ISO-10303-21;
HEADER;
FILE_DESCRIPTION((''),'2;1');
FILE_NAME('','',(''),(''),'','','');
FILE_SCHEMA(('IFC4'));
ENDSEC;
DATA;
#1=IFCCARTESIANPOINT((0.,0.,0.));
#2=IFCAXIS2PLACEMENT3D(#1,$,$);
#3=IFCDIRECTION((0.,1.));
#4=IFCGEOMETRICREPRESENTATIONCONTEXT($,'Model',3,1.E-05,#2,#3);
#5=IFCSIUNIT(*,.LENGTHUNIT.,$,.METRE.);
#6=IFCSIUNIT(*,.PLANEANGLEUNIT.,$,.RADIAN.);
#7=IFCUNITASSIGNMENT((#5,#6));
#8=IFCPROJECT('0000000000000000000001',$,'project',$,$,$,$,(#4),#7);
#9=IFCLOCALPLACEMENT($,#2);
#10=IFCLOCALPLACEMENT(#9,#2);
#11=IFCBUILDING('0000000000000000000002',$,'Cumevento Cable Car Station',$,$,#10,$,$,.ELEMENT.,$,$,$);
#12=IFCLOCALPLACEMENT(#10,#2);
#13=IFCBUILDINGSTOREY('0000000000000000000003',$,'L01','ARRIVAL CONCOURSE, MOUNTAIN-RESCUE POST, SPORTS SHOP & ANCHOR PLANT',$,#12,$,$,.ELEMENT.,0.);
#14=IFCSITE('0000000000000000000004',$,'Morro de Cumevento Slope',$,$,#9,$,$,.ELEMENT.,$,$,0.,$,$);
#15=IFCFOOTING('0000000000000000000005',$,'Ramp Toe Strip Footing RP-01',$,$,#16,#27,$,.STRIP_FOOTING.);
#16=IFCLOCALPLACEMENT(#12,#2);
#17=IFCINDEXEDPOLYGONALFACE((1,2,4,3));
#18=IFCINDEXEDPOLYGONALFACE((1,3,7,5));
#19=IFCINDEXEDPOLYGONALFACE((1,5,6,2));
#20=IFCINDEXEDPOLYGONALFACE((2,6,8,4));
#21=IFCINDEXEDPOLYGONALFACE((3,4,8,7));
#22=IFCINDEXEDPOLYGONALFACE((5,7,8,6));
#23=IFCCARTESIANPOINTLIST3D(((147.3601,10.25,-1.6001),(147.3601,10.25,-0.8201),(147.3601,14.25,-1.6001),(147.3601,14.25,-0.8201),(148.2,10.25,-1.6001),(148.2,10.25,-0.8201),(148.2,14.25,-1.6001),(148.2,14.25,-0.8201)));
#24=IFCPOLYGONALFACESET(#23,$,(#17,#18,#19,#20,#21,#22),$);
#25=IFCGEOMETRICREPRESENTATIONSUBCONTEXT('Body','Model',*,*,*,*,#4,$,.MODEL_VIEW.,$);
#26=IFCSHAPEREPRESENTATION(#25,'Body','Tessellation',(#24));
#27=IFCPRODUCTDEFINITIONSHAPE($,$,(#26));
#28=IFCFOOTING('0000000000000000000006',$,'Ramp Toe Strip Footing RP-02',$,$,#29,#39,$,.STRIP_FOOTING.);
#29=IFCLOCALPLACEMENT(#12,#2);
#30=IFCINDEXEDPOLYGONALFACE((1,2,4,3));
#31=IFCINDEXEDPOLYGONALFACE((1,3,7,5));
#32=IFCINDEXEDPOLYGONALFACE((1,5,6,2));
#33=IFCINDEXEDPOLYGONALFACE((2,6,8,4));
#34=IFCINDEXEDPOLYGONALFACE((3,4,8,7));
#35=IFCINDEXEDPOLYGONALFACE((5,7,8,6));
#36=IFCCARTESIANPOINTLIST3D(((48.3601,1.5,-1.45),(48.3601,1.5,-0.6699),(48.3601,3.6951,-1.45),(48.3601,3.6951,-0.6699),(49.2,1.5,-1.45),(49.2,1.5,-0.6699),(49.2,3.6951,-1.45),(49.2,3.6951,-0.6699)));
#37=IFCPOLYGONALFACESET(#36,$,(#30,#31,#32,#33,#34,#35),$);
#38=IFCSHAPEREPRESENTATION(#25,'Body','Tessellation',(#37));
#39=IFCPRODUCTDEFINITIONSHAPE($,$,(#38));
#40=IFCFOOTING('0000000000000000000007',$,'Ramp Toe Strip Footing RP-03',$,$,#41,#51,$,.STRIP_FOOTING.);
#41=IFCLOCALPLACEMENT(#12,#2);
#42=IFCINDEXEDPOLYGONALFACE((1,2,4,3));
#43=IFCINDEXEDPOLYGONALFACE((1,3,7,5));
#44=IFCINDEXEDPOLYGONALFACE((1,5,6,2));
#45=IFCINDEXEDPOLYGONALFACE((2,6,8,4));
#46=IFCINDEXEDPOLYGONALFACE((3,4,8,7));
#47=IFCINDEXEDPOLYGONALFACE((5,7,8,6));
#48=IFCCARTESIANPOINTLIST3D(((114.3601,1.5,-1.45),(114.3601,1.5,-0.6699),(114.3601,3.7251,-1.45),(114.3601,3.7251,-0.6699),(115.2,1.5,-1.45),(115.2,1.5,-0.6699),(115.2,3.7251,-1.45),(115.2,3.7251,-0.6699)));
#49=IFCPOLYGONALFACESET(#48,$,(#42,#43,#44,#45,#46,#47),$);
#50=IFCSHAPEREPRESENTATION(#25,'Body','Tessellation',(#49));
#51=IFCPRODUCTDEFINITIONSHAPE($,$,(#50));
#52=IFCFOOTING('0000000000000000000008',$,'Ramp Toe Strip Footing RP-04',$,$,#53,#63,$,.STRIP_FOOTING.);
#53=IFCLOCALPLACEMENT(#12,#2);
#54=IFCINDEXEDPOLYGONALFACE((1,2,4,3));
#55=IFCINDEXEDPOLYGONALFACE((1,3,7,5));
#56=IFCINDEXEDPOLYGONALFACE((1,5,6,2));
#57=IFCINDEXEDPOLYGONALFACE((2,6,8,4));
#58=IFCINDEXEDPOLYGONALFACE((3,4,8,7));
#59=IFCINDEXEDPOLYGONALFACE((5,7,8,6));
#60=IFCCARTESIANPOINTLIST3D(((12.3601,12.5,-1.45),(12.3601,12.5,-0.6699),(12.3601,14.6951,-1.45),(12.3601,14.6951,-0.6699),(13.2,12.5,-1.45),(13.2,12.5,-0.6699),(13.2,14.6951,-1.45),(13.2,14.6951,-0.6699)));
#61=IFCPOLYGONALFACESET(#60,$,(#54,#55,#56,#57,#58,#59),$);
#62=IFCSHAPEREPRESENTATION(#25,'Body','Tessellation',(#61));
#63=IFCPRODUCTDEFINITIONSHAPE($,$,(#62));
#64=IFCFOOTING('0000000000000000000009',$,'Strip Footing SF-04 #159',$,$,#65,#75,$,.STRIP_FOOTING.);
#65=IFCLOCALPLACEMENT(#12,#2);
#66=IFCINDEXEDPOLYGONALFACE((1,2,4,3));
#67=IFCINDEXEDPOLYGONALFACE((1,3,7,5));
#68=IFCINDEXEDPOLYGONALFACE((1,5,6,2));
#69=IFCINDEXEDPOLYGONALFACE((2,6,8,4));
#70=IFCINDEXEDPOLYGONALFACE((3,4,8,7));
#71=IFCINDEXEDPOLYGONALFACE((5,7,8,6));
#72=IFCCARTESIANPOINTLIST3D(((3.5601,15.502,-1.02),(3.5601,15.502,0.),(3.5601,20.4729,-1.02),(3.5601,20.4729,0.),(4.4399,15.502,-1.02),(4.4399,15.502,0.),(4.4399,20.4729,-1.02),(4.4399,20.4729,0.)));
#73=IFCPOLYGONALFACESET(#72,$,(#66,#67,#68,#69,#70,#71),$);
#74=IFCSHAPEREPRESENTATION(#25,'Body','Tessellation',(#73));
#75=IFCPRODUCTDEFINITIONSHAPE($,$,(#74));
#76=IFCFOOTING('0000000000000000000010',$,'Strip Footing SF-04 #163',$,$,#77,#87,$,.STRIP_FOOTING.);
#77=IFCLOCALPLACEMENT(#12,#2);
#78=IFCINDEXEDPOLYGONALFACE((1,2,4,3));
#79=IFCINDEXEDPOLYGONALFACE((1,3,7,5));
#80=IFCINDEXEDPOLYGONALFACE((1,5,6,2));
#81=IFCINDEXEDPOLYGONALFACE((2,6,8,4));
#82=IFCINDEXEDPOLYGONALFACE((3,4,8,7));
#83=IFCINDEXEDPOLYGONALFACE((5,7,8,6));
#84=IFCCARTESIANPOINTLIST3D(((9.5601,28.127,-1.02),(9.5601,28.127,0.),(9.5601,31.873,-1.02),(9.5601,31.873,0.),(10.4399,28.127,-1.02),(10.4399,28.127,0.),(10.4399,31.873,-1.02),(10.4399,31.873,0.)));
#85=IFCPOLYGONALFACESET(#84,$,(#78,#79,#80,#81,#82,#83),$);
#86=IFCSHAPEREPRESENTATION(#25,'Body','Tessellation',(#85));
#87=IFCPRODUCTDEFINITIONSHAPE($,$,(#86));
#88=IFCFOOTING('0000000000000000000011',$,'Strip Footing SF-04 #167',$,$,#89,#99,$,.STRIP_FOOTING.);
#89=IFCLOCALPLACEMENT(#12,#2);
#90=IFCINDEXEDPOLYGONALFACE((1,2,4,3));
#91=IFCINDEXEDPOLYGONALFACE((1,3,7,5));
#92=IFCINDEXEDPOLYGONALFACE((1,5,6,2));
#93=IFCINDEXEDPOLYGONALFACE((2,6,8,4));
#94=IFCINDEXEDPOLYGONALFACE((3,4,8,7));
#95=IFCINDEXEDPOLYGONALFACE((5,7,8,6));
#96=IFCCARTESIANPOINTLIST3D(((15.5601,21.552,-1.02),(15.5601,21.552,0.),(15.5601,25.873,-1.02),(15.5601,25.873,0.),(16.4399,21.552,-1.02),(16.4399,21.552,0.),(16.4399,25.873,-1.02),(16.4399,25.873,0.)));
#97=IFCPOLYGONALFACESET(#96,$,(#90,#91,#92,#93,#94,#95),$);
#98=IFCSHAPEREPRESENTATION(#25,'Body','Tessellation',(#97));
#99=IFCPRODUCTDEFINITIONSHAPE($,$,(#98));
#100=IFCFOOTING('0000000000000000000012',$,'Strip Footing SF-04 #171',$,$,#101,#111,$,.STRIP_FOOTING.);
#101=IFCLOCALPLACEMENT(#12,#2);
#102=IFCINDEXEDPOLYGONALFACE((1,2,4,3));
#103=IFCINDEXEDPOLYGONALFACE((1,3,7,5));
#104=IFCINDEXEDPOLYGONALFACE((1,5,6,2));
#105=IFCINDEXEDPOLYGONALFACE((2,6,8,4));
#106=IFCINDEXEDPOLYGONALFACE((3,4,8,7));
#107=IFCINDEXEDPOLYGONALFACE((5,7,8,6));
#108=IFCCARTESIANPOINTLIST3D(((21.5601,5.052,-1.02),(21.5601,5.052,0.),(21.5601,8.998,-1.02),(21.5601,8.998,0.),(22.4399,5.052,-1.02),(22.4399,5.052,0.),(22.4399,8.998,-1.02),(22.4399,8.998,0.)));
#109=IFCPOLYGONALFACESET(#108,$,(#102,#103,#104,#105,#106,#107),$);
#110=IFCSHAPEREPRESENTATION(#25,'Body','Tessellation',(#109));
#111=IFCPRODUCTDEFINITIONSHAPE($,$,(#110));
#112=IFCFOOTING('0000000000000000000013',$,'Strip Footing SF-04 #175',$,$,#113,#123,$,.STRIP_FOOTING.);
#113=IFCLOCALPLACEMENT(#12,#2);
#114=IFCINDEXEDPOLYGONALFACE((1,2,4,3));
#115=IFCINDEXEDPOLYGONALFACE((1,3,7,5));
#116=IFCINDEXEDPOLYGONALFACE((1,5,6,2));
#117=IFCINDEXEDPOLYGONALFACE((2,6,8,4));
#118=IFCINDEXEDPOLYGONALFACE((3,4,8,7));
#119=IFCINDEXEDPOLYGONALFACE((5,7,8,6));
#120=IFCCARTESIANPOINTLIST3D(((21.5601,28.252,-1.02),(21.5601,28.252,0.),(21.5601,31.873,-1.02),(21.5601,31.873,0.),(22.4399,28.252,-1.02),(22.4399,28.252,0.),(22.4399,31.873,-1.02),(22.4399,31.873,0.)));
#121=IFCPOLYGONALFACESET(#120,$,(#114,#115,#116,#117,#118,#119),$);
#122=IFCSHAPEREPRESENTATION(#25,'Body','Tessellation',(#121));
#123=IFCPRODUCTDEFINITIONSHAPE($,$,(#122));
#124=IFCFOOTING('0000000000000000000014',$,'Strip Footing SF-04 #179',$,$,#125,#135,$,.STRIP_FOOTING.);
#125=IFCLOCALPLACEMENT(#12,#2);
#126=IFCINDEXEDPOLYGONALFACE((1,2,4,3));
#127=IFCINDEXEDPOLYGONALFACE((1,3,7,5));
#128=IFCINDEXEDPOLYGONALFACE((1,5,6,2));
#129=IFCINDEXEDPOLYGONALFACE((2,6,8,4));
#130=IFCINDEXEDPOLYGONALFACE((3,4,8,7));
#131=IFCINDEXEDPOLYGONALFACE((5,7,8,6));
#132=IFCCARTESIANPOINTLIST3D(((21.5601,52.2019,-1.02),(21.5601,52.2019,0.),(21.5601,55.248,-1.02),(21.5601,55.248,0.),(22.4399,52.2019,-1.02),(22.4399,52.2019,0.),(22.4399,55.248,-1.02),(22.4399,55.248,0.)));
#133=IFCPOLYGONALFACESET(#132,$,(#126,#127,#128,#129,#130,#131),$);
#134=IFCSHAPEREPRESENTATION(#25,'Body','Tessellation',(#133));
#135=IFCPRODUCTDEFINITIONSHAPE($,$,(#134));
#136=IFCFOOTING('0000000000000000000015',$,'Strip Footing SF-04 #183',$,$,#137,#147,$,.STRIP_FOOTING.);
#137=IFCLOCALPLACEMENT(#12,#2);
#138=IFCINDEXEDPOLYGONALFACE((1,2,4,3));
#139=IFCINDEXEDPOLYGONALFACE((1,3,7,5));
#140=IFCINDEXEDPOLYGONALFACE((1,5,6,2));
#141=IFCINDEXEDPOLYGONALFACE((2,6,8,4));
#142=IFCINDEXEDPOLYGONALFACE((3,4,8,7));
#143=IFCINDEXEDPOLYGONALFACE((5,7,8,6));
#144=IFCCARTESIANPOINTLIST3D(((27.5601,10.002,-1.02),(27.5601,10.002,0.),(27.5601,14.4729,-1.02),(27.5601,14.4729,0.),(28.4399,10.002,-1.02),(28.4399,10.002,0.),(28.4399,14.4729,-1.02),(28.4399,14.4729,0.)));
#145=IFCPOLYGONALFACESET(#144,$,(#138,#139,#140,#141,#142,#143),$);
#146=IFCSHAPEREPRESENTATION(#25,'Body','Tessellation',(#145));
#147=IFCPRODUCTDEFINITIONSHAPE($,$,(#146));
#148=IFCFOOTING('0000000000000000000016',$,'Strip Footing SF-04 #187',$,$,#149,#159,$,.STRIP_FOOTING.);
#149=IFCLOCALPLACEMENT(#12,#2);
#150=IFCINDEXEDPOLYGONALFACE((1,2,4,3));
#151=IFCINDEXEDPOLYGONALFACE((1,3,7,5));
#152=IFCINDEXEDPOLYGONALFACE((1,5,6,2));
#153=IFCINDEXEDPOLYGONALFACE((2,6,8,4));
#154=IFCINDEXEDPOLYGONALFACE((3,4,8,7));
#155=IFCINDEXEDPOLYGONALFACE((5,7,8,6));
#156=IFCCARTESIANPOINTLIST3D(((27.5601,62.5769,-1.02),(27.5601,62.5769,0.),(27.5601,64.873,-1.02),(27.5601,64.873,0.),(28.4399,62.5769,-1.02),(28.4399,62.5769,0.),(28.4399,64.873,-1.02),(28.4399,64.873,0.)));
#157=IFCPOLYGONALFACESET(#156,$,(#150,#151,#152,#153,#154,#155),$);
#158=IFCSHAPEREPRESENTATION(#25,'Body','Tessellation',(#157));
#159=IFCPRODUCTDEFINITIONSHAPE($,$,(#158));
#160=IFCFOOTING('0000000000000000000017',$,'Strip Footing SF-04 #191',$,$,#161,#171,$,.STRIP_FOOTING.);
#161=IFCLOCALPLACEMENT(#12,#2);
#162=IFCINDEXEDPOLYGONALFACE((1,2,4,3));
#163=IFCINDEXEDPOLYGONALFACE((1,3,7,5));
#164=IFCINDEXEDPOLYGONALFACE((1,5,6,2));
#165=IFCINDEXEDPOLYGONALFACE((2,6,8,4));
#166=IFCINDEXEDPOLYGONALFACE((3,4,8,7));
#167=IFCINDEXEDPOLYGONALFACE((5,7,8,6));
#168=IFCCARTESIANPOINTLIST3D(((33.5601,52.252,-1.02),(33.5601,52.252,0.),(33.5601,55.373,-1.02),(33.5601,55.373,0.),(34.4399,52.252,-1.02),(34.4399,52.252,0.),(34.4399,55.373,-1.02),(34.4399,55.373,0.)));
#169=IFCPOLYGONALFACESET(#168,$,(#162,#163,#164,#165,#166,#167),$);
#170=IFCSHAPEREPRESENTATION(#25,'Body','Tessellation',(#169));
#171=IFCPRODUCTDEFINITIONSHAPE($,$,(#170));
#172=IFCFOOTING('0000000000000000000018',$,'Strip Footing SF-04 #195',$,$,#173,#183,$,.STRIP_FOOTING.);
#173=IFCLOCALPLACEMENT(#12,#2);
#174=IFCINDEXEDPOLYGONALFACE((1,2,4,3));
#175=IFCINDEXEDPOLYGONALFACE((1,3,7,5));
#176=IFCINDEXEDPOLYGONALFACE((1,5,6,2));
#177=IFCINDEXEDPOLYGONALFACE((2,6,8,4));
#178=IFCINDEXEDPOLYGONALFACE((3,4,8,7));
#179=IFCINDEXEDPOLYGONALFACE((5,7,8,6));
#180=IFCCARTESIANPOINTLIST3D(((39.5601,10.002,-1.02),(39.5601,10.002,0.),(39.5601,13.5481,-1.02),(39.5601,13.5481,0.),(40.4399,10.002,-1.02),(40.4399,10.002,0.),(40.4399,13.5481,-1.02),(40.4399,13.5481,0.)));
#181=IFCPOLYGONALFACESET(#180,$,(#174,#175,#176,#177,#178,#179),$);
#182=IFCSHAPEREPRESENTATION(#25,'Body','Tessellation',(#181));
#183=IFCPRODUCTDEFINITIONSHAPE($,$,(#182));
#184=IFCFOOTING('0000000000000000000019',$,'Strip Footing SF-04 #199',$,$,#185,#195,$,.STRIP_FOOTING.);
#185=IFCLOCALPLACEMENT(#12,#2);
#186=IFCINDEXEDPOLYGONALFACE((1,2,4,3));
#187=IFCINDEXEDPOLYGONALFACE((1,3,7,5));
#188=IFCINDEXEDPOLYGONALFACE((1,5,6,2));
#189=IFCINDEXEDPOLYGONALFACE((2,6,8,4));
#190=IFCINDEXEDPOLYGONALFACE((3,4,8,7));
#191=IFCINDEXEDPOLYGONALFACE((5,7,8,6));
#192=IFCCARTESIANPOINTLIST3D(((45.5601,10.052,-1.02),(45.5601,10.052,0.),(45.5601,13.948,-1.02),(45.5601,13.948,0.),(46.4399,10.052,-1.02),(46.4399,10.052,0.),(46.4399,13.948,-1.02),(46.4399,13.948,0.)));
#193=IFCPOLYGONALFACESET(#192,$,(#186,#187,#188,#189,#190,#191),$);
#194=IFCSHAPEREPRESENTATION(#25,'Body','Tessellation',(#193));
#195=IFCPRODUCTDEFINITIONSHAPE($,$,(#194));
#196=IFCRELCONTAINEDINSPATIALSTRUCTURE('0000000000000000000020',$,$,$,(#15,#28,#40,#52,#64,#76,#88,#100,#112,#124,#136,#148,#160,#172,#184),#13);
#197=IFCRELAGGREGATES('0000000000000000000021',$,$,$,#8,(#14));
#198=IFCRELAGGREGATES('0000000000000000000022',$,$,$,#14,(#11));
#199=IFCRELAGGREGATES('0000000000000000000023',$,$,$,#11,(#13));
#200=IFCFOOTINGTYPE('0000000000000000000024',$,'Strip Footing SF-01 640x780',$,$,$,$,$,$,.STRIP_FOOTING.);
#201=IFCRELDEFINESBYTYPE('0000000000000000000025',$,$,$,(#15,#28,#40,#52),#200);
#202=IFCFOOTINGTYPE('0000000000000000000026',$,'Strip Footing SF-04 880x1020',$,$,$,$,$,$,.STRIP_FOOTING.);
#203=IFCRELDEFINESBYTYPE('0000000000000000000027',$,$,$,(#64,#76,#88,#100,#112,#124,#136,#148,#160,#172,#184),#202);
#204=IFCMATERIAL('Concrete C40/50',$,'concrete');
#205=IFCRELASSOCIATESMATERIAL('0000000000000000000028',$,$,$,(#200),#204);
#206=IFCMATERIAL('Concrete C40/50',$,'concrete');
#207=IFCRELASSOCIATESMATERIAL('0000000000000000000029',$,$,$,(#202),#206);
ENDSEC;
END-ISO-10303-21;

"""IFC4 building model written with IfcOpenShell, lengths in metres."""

from ifc_helpers import new_model, si_unit, direction, frame, origin, place, context, subcontext, project, spatial, polyline, outline, extrude, material, type_object, element, save


model = new_model("IFC4")

# Units and contexts
model_context = context("Model", 3, precision=1e-05, world=origin(), true_north=direction((0.0, 1.0)))
body_context = subcontext(model_context, "Body", "Model", "MODEL_VIEW")
ifc_project = project(units=[si_unit("LENGTHUNIT", "METRE"), si_unit("PLANEANGLEUNIT", "RADIAN")], contexts=[model_context])

# Site, building, storey
site_placement = place(None, origin())
site = spatial("IfcSite", under=ifc_project, at=site_placement, Name="Morro de Cumevento Slope", CompositionType="ELEMENT", RefElevation=0.0)
building_placement = place(site_placement, origin())
building = spatial("IfcBuilding", under=site, at=building_placement, Name="Cumevento Cable Car Station", CompositionType="ELEMENT")
storey_placement = place(building_placement, origin())
storey = spatial("IfcBuildingStorey", under=building, at=storey_placement, Name="L01", Description="ARRIVAL CONCOURSE, MOUNTAIN-RESCUE POST, SPORTS SHOP & ANCHOR PLANT", CompositionType="ELEMENT", Elevation=0.0)

# Footings
ifc_material_1 = material(Name="Concrete C40/50", Category="concrete")
footing_type_1 = type_object("IfcFootingType", Name="Strip Footing SF-01 640x780", PredefinedType="STRIP_FOOTING", material=ifc_material_1)
footing_1_placement = place(storey_placement, frame((0.0, 0.0, -1.6001)))
element("IfcFooting", 1, at=footing_1_placement, inside=storey, type_object=footing_type_1, Name="Ramp Toe Strip Footing RP-01", PredefinedType="STRIP_FOOTING", context=body_context, shape_type="SweptSolid", body=[
    extrude(outline(polyline([(148.2, 10.25), (148.2, 14.25), (147.3601, 14.25), (147.3601, 10.25), (148.2, 10.25)])), origin(), (0.0, 0.0, 1.0), 0.78),
])
footing_2_placement = place(storey_placement, frame((0.0, 0.0, -1.45)))
element("IfcFooting", 2, at=footing_2_placement, inside=storey, type_object=footing_type_1, Name="Ramp Toe Strip Footing RP-02", PredefinedType="STRIP_FOOTING", context=body_context, shape_type="SweptSolid", body=[
    extrude(outline(polyline([(49.2, 1.5), (48.3601, 1.5), (48.3601, 3.6951), (49.2, 3.6951), (49.2, 1.5)])), origin(), (0.0, 0.0, 1.0), 0.78),
])
footing_3_placement = place(storey_placement, frame((0.0, 0.0, -1.45)))
element("IfcFooting", 3, at=footing_3_placement, inside=storey, type_object=footing_type_1, Name="Ramp Toe Strip Footing RP-03", PredefinedType="STRIP_FOOTING", context=body_context, shape_type="SweptSolid", body=[
    extrude(outline(polyline([(115.2, 1.5), (114.3601, 1.5), (114.3601, 3.7251), (115.2, 3.7251), (115.2, 1.5)])), origin(), (0.0, 0.0, 1.0), 0.78),
])
footing_4_placement = place(storey_placement, frame((0.0, 0.0, -1.45)))
element("IfcFooting", 4, at=footing_4_placement, inside=storey, type_object=footing_type_1, Name="Ramp Toe Strip Footing RP-04", PredefinedType="STRIP_FOOTING", context=body_context, shape_type="SweptSolid", body=[
    extrude(outline(polyline([(13.2, 12.5), (12.3601, 12.5), (12.3601, 14.6951), (13.2, 14.6951), (13.2, 12.5)])), origin(), (0.0, 0.0, 1.0), 0.78),
])
ifc_material_2 = material(Name="Concrete C40/50", Category="concrete")
footing_type_2 = type_object("IfcFootingType", Name="Strip Footing SF-04 880x1020", PredefinedType="STRIP_FOOTING", material=ifc_material_2)
footing_5_placement = place(storey_placement, frame((0.0, 0.0, -1.02)))
element("IfcFooting", 5, at=footing_5_placement, inside=storey, type_object=footing_type_2, Name="Strip Footing SF-04 #159", PredefinedType="STRIP_FOOTING", context=body_context, shape_type="SweptSolid", body=[
    extrude(outline(polyline([(3.5601, 15.502), (4.4399, 15.502), (4.4399, 20.4729), (3.5601, 20.4729), (3.5601, 15.502)])), origin(), (0.0, 0.0, 1.0), 1.02),
])
footing_6_placement = place(storey_placement, frame((0.0, 0.0, -1.02)))
element("IfcFooting", 6, at=footing_6_placement, inside=storey, type_object=footing_type_2, Name="Strip Footing SF-04 #163", PredefinedType="STRIP_FOOTING", context=body_context, shape_type="SweptSolid", body=[
    extrude(outline(polyline([(9.5601, 28.127), (10.4399, 28.127), (10.4399, 31.873), (9.5601, 31.873), (9.5601, 28.127)])), origin(), (0.0, 0.0, 1.0), 1.02),
])
footing_7_placement = place(storey_placement, frame((0.0, 0.0, -1.02)))
element("IfcFooting", 7, at=footing_7_placement, inside=storey, type_object=footing_type_2, Name="Strip Footing SF-04 #167", PredefinedType="STRIP_FOOTING", context=body_context, shape_type="SweptSolid", body=[
    extrude(outline(polyline([(15.5601, 21.552), (16.4399, 21.552), (16.4399, 25.873), (15.5601, 25.873), (15.5601, 21.552)])), origin(), (0.0, 0.0, 1.0), 1.02),
])
footing_8_placement = place(storey_placement, frame((0.0, 0.0, -1.02)))
element("IfcFooting", 8, at=footing_8_placement, inside=storey, type_object=footing_type_2, Name="Strip Footing SF-04 #171", PredefinedType="STRIP_FOOTING", context=body_context, shape_type="SweptSolid", body=[
    extrude(outline(polyline([(21.5601, 5.052), (22.4399, 5.052), (22.4399, 8.998), (21.5601, 8.998), (21.5601, 5.052)])), origin(), (0.0, 0.0, 1.0), 1.02),
])
footing_9_placement = place(storey_placement, frame((0.0, 0.0, -1.02)))
element("IfcFooting", 9, at=footing_9_placement, inside=storey, type_object=footing_type_2, Name="Strip Footing SF-04 #175", PredefinedType="STRIP_FOOTING", context=body_context, shape_type="SweptSolid", body=[
    extrude(outline(polyline([(21.5601, 28.252), (22.4399, 28.252), (22.4399, 31.873), (21.5601, 31.873), (21.5601, 28.252)])), origin(), (0.0, 0.0, 1.0), 1.02),
])
footing_10_placement = place(storey_placement, frame((0.0, 0.0, -1.02)))
element("IfcFooting", 10, at=footing_10_placement, inside=storey, type_object=footing_type_2, Name="Strip Footing SF-04 #179", PredefinedType="STRIP_FOOTING", context=body_context, shape_type="SweptSolid", body=[
    extrude(outline(polyline([(21.5601, 52.2019), (22.4399, 52.2019), (22.4399, 55.248), (21.5601, 55.248), (21.5601, 52.2019)])), origin(), (0.0, 0.0, 1.0), 1.02),
])
footing_11_placement = place(storey_placement, frame((0.0, 0.0, -1.02)))
element("IfcFooting", 11, at=footing_11_placement, inside=storey, type_object=footing_type_2, Name="Strip Footing SF-04 #183", PredefinedType="STRIP_FOOTING", context=body_context, shape_type="SweptSolid", body=[
    extrude(outline(polyline([(27.5601, 10.002), (28.4399, 10.002), (28.4399, 14.4729), (27.5601, 14.4729), (27.5601, 10.002)])), origin(), (0.0, 0.0, 1.0), 1.02),
])
footing_12_placement = place(storey_placement, frame((0.0, 0.0, -1.02)))
element("IfcFooting", 12, at=footing_12_placement, inside=storey, type_object=footing_type_2, Name="Strip Footing SF-04 #187", PredefinedType="STRIP_FOOTING", context=body_context, shape_type="SweptSolid", body=[
    extrude(outline(polyline([(27.5601, 62.5769), (28.4399, 62.5769), (28.4399, 64.873), (27.5601, 64.873), (27.5601, 62.5769)])), origin(), (0.0, 0.0, 1.0), 1.02),
])
footing_13_placement = place(storey_placement, frame((0.0, 0.0, -1.02)))
element("IfcFooting", 13, at=footing_13_placement, inside=storey, type_object=footing_type_2, Name="Strip Footing SF-04 #191", PredefinedType="STRIP_FOOTING", context=body_context, shape_type="SweptSolid", body=[
    extrude(outline(polyline([(33.5601, 52.252), (34.4399, 52.252), (34.4399, 55.373), (33.5601, 55.373), (33.5601, 52.252)])), origin(), (0.0, 0.0, 1.0), 1.02),
])
footing_14_placement = place(storey_placement, frame((0.0, 0.0, -1.02)))
element("IfcFooting", 14, at=footing_14_placement, inside=storey, type_object=footing_type_2, Name="Strip Footing SF-04 #195", PredefinedType="STRIP_FOOTING", context=body_context, shape_type="SweptSolid", body=[
    extrude(outline(polyline([(39.5601, 10.002), (40.4399, 10.002), (40.4399, 13.5481), (39.5601, 13.5481), (39.5601, 10.002)])), origin(), (0.0, 0.0, 1.0), 1.02),
])
footing_15_placement = place(storey_placement, frame((0.0, 0.0, -1.02)))
element("IfcFooting", 15, at=footing_15_placement, inside=storey, type_object=footing_type_2, Name="Strip Footing SF-04 #199", PredefinedType="STRIP_FOOTING", context=body_context, shape_type="SweptSolid", body=[
    extrude(outline(polyline([(45.5601, 10.052), (46.4399, 10.052), (46.4399, 13.948), (45.5601, 13.948), (45.5601, 10.052)])), origin(), (0.0, 0.0, 1.0), 1.02),
])

save(model, "model.ifc")
